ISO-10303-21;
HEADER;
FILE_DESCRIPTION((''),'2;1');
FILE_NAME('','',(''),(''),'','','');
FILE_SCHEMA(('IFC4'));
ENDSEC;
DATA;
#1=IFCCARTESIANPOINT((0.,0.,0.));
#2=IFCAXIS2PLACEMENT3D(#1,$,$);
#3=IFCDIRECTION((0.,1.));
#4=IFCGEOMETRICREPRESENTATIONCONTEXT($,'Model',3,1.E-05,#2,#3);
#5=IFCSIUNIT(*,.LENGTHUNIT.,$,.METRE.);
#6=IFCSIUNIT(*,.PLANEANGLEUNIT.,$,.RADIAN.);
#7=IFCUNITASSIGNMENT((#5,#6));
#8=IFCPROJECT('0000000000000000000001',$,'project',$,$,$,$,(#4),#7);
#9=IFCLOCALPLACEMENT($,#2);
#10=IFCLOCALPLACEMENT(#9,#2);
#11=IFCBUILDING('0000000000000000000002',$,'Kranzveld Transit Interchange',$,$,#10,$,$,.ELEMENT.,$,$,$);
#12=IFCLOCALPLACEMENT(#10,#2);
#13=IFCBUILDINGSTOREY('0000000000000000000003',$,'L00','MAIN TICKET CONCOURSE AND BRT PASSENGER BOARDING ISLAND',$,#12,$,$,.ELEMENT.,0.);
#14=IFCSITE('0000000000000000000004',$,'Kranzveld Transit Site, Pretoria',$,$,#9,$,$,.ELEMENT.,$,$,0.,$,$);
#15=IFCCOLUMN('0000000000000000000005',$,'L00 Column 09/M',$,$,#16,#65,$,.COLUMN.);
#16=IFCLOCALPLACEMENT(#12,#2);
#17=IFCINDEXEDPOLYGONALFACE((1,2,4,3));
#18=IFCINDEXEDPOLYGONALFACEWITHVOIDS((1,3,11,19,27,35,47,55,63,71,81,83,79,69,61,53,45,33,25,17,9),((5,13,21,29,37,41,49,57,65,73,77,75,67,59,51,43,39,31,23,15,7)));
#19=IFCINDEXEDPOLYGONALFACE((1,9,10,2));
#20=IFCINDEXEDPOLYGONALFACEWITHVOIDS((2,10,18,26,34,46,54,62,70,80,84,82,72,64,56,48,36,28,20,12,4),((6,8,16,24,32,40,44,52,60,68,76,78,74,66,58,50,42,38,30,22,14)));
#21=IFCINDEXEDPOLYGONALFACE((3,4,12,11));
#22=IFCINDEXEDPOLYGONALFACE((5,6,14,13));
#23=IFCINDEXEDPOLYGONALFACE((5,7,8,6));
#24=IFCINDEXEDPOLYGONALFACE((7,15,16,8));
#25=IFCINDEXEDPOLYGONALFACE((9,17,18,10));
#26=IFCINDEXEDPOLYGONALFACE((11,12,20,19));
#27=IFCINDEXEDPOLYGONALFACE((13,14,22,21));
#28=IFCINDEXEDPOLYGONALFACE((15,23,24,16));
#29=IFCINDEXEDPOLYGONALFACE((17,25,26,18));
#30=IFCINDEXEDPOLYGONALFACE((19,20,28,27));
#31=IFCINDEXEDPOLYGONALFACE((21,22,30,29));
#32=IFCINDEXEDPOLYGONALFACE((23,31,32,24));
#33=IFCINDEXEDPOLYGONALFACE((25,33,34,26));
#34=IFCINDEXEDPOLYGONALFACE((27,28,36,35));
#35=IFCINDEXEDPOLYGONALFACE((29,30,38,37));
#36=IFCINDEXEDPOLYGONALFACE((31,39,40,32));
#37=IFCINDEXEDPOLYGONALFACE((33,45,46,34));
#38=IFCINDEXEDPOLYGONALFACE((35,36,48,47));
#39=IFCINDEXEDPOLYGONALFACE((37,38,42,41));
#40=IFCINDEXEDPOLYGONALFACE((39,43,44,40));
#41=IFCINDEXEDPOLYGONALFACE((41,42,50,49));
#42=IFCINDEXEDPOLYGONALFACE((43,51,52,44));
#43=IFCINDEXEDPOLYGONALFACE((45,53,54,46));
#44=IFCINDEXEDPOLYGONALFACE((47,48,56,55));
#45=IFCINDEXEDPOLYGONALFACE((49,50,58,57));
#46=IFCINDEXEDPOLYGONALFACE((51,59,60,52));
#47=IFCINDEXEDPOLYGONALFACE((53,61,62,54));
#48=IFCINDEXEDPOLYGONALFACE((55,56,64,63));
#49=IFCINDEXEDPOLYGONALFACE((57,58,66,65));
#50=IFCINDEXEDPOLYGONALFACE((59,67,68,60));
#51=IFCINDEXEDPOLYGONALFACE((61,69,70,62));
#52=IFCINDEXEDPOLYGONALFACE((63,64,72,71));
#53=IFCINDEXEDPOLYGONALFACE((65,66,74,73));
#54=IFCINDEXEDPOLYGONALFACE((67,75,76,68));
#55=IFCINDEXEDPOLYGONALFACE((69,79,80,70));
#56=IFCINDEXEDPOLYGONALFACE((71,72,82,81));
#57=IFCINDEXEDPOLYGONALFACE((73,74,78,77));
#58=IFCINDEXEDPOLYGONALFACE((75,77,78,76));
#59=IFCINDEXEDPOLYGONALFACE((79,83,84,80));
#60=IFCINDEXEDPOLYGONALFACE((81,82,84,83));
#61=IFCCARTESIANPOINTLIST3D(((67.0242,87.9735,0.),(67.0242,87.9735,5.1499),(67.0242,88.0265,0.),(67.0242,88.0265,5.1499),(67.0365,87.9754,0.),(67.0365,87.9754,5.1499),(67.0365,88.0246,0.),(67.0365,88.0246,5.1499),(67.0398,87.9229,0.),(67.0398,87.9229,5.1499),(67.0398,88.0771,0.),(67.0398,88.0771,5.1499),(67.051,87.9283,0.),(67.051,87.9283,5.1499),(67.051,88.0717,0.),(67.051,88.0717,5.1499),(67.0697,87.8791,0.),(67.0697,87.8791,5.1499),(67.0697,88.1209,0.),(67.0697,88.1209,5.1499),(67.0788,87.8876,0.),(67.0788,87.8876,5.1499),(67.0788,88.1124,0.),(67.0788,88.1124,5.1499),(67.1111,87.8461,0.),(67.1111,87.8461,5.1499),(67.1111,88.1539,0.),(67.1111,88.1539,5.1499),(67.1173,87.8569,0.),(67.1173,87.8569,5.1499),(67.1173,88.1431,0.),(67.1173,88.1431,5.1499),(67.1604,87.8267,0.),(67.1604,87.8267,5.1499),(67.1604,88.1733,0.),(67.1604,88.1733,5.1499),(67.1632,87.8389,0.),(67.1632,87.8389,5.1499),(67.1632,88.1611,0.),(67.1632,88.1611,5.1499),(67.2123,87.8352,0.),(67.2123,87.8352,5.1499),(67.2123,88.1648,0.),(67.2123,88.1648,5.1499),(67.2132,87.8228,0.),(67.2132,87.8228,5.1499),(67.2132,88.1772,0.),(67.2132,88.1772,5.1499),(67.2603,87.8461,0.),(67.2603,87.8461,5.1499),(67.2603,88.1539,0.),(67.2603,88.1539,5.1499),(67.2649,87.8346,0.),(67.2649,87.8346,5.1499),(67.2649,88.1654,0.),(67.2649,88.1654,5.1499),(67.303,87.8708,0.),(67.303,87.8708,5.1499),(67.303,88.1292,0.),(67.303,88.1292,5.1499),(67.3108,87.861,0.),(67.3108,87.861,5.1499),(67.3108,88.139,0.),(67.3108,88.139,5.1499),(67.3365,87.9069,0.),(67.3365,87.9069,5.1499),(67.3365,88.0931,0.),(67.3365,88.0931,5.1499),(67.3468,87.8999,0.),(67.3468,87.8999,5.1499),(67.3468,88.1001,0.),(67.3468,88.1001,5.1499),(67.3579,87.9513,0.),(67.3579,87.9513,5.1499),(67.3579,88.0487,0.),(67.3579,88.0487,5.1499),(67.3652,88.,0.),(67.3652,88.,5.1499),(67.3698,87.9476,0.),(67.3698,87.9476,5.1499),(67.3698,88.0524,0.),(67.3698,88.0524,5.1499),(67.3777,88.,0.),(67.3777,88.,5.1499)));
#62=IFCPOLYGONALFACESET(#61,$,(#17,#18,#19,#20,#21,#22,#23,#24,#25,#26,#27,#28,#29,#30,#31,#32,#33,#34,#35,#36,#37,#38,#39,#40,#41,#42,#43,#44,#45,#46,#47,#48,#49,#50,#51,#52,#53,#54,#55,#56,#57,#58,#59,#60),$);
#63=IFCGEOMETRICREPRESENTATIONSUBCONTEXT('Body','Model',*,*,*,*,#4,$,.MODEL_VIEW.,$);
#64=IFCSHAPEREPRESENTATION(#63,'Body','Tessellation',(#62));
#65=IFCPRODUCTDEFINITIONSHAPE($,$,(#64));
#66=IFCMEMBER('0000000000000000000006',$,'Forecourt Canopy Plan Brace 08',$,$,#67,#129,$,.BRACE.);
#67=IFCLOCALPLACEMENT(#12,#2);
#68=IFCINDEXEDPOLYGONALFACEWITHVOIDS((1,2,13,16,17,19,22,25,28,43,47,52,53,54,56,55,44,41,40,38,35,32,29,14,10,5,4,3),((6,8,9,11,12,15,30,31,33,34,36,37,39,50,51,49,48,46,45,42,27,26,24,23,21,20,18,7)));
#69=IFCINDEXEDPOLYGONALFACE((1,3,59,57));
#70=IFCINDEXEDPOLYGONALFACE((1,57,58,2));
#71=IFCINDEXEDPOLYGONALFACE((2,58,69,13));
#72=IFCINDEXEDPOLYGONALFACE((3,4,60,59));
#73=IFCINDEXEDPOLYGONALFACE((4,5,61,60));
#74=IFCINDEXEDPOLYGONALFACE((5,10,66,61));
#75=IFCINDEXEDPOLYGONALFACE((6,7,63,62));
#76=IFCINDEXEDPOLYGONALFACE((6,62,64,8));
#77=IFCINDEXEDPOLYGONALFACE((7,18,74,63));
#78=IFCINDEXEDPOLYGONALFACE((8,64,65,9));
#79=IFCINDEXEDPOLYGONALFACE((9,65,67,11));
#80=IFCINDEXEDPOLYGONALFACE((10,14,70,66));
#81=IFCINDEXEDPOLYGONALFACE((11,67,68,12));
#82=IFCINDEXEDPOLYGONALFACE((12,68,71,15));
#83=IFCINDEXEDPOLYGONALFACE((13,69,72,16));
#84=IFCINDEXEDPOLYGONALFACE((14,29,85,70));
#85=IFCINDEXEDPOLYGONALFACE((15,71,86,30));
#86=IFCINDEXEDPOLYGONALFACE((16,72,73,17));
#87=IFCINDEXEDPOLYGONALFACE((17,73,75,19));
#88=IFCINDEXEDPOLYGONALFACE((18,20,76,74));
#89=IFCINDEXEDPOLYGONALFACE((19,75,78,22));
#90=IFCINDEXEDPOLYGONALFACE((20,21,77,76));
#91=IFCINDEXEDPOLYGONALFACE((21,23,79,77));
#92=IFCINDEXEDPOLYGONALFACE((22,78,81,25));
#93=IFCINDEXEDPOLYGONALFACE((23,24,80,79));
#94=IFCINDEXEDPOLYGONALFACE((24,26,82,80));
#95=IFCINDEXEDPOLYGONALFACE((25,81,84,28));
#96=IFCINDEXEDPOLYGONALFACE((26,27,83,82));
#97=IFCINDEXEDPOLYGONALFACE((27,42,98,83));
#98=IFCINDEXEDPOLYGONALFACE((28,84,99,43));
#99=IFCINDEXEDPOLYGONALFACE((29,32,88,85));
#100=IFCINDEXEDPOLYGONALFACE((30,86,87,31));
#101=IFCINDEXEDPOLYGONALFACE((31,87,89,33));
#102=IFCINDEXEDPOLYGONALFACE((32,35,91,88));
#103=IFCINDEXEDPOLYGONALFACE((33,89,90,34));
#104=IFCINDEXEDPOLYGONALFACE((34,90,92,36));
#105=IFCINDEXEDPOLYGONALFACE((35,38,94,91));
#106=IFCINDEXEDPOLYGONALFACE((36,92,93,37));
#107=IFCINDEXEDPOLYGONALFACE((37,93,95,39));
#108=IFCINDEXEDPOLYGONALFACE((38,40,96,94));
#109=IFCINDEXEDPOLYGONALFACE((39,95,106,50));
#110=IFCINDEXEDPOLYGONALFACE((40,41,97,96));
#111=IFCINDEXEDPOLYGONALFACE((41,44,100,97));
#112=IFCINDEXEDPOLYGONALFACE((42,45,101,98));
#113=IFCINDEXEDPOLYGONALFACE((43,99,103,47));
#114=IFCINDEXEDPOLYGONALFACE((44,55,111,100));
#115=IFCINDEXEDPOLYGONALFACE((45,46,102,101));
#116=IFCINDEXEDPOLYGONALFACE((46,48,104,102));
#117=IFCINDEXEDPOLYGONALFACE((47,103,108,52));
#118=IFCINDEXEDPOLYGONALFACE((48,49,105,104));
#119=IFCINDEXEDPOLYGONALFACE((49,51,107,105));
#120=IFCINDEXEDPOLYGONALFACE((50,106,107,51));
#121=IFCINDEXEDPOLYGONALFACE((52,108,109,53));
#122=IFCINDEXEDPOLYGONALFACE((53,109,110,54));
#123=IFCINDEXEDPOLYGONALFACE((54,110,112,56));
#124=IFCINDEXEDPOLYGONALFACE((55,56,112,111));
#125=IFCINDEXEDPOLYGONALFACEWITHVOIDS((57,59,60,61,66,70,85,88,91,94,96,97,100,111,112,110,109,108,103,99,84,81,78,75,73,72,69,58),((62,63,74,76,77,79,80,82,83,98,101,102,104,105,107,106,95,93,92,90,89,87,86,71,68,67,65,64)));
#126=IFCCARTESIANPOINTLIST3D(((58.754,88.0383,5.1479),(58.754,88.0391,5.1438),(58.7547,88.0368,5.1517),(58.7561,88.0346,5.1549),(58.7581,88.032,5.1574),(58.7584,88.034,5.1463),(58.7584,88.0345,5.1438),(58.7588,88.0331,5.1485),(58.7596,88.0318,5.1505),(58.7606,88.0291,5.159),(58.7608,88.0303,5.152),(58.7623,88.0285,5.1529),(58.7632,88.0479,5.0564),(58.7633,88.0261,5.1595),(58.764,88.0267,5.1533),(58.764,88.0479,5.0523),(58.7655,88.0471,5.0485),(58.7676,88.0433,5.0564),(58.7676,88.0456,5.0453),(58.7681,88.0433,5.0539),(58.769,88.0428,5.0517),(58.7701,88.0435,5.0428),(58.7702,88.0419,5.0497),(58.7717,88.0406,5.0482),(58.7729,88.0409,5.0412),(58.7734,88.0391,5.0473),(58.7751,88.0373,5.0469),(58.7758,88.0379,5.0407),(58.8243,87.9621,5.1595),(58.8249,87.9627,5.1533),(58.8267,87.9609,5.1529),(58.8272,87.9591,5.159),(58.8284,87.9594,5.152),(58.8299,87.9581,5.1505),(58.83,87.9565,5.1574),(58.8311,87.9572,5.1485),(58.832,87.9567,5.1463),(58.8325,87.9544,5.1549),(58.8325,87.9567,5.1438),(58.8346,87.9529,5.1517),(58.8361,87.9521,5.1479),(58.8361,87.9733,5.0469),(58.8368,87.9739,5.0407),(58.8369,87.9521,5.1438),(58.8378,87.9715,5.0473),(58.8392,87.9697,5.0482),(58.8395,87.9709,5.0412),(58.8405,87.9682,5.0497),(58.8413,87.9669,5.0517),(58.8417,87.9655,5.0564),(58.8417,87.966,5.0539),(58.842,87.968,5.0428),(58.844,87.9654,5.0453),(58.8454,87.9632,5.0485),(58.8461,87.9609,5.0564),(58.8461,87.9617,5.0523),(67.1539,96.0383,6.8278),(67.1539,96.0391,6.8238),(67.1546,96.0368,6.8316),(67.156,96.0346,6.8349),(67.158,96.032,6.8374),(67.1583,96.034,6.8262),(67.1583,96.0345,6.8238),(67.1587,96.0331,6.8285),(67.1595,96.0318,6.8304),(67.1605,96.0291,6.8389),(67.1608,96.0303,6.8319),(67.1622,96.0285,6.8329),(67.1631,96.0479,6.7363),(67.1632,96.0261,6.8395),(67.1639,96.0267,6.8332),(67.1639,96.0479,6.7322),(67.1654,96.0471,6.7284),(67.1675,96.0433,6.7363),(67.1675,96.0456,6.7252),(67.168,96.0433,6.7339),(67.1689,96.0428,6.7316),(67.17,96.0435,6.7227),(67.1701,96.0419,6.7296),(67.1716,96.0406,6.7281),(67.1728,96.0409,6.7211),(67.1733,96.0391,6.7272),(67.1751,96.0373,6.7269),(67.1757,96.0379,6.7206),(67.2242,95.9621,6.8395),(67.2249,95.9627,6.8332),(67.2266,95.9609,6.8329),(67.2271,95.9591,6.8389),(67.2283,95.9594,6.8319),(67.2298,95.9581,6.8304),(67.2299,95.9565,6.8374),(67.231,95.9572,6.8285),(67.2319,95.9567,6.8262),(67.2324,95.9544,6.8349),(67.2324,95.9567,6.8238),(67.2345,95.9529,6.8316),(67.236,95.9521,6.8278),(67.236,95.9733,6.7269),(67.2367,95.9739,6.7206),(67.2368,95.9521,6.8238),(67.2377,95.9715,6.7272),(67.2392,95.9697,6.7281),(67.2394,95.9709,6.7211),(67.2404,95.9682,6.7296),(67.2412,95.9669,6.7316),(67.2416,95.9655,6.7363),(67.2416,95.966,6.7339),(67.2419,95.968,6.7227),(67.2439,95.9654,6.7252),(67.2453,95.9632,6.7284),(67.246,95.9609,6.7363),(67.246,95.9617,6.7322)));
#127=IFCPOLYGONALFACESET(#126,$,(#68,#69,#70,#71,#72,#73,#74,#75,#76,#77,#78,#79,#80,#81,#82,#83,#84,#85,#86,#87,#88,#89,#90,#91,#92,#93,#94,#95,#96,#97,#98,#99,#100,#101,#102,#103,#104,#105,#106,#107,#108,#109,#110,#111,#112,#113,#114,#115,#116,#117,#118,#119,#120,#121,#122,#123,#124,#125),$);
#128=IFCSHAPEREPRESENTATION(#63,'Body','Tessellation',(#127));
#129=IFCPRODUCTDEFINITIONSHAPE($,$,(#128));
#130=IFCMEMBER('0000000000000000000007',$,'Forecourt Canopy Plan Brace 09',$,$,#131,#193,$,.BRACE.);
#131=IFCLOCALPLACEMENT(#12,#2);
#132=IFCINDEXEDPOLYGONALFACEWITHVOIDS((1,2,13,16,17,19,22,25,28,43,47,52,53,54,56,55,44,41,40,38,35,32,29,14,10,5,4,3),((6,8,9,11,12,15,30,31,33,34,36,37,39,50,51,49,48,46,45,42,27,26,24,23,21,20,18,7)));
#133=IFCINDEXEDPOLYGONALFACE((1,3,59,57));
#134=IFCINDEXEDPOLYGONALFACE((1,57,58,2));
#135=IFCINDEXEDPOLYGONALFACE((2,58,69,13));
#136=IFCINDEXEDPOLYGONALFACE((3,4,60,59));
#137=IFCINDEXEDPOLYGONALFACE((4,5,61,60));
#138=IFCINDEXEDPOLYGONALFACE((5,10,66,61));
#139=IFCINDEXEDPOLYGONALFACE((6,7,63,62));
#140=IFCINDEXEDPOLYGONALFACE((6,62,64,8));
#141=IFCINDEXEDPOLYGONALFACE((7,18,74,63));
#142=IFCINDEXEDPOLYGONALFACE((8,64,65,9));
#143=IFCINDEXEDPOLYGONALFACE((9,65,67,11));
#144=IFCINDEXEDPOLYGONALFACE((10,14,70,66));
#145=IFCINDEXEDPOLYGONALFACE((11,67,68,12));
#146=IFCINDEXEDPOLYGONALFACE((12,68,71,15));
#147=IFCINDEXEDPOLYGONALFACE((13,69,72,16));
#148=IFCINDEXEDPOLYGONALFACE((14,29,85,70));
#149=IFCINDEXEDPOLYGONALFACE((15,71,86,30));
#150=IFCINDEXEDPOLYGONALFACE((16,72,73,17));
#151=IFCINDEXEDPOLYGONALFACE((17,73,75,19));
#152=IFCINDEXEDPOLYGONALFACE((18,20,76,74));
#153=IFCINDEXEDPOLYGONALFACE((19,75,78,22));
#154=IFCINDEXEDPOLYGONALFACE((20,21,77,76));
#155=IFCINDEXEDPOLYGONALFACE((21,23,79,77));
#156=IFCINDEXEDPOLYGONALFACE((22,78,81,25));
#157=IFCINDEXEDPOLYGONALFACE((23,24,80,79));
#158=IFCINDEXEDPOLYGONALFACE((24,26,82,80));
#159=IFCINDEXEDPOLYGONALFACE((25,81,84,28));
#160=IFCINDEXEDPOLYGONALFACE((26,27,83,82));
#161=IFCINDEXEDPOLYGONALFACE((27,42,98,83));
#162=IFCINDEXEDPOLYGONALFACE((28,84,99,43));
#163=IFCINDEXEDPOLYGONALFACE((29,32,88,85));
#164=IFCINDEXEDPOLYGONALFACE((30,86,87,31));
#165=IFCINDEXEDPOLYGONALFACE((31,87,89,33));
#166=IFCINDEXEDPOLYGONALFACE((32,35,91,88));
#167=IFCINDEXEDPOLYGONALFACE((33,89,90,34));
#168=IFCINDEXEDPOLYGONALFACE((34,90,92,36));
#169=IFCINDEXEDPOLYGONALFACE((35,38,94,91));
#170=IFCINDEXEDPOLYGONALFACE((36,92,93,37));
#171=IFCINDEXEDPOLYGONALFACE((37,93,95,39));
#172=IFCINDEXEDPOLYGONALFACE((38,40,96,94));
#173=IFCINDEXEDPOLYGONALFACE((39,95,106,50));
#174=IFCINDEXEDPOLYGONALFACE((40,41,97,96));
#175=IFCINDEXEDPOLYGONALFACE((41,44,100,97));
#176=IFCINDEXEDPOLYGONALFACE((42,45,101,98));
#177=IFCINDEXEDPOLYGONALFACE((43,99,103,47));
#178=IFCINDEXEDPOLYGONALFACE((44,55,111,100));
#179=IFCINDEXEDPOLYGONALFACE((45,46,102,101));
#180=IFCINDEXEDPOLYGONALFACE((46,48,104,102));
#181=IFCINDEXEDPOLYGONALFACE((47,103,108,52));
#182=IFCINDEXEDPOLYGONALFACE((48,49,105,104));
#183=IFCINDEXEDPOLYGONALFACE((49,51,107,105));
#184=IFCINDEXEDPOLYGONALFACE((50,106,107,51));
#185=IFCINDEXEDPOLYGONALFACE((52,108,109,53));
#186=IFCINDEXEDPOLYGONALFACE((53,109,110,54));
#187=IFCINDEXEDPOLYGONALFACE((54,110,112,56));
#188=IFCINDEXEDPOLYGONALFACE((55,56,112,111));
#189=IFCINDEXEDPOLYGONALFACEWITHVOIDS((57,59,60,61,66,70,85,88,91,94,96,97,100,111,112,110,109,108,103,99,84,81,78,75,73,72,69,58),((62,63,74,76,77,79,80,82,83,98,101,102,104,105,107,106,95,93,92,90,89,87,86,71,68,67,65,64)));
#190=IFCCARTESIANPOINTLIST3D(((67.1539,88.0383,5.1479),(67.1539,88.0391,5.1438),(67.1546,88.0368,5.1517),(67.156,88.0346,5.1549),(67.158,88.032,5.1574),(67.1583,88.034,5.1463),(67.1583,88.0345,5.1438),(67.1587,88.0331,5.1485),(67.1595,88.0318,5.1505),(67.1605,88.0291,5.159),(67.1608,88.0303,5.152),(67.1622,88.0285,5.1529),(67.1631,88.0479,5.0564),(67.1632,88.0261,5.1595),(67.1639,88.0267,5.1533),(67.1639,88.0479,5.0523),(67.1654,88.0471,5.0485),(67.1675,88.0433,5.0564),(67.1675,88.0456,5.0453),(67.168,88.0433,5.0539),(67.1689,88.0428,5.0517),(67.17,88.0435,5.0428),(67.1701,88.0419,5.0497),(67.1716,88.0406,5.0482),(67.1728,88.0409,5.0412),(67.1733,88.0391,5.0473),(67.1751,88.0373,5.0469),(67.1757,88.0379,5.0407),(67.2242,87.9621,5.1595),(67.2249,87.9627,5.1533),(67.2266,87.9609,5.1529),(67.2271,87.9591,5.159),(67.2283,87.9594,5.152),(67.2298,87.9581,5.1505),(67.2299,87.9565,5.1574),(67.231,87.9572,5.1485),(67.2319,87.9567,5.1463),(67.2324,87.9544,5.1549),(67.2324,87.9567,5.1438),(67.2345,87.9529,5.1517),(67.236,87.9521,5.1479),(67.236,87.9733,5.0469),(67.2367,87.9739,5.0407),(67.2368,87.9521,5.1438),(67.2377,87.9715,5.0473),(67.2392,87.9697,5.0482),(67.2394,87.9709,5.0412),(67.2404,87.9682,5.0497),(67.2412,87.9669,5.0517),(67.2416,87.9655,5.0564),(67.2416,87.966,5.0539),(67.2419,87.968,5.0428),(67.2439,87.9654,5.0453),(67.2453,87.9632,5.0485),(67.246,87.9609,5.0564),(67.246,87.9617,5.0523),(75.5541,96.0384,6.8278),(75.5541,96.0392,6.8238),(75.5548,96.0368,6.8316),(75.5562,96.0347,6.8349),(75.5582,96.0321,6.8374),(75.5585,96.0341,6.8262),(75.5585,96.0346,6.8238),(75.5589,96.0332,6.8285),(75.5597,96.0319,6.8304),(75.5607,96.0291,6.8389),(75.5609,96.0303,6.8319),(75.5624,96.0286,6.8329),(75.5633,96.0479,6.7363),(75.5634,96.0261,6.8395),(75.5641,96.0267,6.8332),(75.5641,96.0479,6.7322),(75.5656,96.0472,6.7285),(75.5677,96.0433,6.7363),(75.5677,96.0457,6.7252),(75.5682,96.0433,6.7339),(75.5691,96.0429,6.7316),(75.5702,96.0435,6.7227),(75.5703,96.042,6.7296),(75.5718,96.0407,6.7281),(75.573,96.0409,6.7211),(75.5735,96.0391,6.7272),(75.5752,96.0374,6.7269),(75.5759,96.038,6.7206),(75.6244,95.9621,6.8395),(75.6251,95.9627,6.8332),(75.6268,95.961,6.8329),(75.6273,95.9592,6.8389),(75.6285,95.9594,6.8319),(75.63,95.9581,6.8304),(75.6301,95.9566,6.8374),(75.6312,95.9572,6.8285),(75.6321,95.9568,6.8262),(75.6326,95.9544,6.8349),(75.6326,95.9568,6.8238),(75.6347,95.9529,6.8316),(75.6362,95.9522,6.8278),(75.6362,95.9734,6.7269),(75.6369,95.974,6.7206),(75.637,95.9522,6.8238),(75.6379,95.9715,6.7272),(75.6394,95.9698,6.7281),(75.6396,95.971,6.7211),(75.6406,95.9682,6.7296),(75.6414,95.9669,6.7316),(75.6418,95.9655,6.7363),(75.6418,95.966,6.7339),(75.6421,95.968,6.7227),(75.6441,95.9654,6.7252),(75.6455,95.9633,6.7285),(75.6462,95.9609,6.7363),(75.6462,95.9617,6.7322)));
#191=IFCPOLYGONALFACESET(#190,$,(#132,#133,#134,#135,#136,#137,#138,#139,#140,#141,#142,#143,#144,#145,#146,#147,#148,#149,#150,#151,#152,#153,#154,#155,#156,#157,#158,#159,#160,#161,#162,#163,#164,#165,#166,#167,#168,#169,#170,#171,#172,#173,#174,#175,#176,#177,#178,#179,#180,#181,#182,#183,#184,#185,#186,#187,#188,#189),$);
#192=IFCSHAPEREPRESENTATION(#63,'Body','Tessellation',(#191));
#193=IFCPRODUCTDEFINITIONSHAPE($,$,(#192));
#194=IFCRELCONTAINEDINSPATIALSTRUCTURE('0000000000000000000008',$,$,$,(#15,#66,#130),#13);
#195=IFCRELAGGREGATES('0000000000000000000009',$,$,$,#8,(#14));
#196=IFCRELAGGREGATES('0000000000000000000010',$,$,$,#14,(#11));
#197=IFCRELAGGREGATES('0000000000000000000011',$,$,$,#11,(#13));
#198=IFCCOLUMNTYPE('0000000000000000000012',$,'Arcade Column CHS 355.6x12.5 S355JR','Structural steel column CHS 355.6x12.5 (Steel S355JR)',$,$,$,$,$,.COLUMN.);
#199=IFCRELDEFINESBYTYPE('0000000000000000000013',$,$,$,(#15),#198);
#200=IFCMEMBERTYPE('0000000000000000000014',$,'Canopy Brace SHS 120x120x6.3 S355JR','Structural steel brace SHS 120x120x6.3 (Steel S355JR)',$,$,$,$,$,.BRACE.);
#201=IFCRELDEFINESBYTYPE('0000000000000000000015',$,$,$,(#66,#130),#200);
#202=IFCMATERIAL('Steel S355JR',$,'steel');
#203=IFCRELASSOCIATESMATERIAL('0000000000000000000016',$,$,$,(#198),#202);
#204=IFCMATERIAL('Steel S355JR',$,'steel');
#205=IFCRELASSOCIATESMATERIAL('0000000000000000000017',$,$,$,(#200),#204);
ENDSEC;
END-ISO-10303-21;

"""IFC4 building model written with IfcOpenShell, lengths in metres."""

from ifc_helpers import new_model, si_unit, direction, frame, origin, origin_2d, place, context, subcontext, project, spatial, hollow_rectangle, hollow_circle, extrude, material, material_profile, profile_set, type_object, element, save


model = new_model("IFC4")

# Units and contexts
model_context = context("Model", 3, precision=1e-05, world=origin(), true_north=direction((0.0, 1.0)))
body_context = subcontext(model_context, "Body", "Model", "MODEL_VIEW")
ifc_project = project(units=[si_unit("LENGTHUNIT", "METRE"), si_unit("PLANEANGLEUNIT", "RADIAN")], contexts=[model_context])

# Site, building, storey
site_placement = place(None, origin())
site = spatial("IfcSite", under=ifc_project, at=site_placement, Name="Kranzveld Transit Site, Pretoria", CompositionType="ELEMENT", RefElevation=0.0)
building_placement = place(site_placement, origin())
building = spatial("IfcBuilding", under=site, at=building_placement, Name="Kranzveld Transit Interchange", CompositionType="ELEMENT")
storey_placement = place(building_placement, origin())
storey = spatial("IfcBuildingStorey", under=building, at=storey_placement, Name="L00", Description="MAIN TICKET CONCOURSE AND BRT PASSENGER BOARDING ISLAND", CompositionType="ELEMENT", Elevation=0.0)

# Column
ifc_material_1 = material(Name="Steel S355JR", Category="steel")
ifc_material_profile_1 = material_profile(ifc_material_1, hollow_circle(Radius=0.1777, WallThickness=0.0125, at=origin_2d()), Name="CHS 355.6x12.5")
ifc_profile_set_1 = profile_set([ifc_material_profile_1], Name="Steel S355JR")
column_type = type_object("IfcColumnType", Name="Arcade Column CHS 355.6x12.5 S355JR", Description="Structural steel column CHS 355.6x12.5 (Steel S355JR)", PredefinedType="COLUMN", material=ifc_profile_set_1)
for number, where, z_axis, x_axis, name in (
    (1, (67.2, 88.0, 0.0), (0.0, 0.0, 1.0), (1.0, 0.0, 0.0), "L00 Column 09/M"),
):
    element("IfcColumn", number, at=place(storey_placement, frame(where, z_axis=z_axis, x_axis=x_axis)), inside=storey, type_object=column_type, Name=name, PredefinedType="COLUMN", context=body_context, shape_type="SweptSolid", body=[
        extrude(hollow_circle(Radius=0.1777, WallThickness=0.0125, at=origin_2d()), origin(), (0.0, 0.0, 1.0), 5.1499),
    ])

# Members
ifc_material_2 = material(Name="Steel S355JR", Category="steel")
ifc_material_profile_2 = material_profile(ifc_material_2, hollow_rectangle(XDim=0.1201, YDim=0.1201, WallThickness=0.0063, InnerFilletRadius=0.0095, OuterFilletRadius=0.0159, at=origin_2d()), Name="SHS 120x120x6.3")
ifc_profile_set_2 = profile_set([ifc_material_profile_2], Name="Steel S355JR")
member_type_1 = type_object("IfcMemberType", Name="Canopy Brace SHS 120x120x6.3 S355JR", Description="Structural steel brace SHS 120x120x6.3 (Steel S355JR)", PredefinedType="BRACE", material=ifc_profile_set_2)
member_1_placement = place(storey_placement, frame((58.8, 88.0, 5.1001), z_axis=(0.716657, 0.682539, 0.143327), x_axis=(-0.689659, 0.724134, 0.0)))
element("IfcMember", 2, at=member_1_placement, inside=storey, type_object=member_type_1, Name="Forecourt Canopy Plan Brace 08", PredefinedType="BRACE", context=body_context, shape_type="SweptSolid", body=[
    extrude(hollow_rectangle(XDim=0.1201, YDim=0.1201, WallThickness=0.0063, InnerFilletRadius=0.0095, OuterFilletRadius=0.0159, at=origin_2d()), origin(), (0.0, 0.0, 1.0), 11.7209),
])
member_2_placement = place(storey_placement, frame((67.2, 88.0, 5.1001), z_axis=(0.716668, 0.682529, 0.143325), x_axis=(-0.689649, 0.724144, 0.0)))
element("IfcMember", 3, at=member_2_placement, inside=storey, type_object=member_type_1, Name="Forecourt Canopy Plan Brace 09", PredefinedType="BRACE", context=body_context, shape_type="SweptSolid", body=[
    extrude(hollow_rectangle(XDim=0.1201, YDim=0.1201, WallThickness=0.0063, InnerFilletRadius=0.0095, OuterFilletRadius=0.0159, at=origin_2d()), origin(), (0.0, 0.0, 1.0), 11.7212),
])

save(model, "model.ifc")
